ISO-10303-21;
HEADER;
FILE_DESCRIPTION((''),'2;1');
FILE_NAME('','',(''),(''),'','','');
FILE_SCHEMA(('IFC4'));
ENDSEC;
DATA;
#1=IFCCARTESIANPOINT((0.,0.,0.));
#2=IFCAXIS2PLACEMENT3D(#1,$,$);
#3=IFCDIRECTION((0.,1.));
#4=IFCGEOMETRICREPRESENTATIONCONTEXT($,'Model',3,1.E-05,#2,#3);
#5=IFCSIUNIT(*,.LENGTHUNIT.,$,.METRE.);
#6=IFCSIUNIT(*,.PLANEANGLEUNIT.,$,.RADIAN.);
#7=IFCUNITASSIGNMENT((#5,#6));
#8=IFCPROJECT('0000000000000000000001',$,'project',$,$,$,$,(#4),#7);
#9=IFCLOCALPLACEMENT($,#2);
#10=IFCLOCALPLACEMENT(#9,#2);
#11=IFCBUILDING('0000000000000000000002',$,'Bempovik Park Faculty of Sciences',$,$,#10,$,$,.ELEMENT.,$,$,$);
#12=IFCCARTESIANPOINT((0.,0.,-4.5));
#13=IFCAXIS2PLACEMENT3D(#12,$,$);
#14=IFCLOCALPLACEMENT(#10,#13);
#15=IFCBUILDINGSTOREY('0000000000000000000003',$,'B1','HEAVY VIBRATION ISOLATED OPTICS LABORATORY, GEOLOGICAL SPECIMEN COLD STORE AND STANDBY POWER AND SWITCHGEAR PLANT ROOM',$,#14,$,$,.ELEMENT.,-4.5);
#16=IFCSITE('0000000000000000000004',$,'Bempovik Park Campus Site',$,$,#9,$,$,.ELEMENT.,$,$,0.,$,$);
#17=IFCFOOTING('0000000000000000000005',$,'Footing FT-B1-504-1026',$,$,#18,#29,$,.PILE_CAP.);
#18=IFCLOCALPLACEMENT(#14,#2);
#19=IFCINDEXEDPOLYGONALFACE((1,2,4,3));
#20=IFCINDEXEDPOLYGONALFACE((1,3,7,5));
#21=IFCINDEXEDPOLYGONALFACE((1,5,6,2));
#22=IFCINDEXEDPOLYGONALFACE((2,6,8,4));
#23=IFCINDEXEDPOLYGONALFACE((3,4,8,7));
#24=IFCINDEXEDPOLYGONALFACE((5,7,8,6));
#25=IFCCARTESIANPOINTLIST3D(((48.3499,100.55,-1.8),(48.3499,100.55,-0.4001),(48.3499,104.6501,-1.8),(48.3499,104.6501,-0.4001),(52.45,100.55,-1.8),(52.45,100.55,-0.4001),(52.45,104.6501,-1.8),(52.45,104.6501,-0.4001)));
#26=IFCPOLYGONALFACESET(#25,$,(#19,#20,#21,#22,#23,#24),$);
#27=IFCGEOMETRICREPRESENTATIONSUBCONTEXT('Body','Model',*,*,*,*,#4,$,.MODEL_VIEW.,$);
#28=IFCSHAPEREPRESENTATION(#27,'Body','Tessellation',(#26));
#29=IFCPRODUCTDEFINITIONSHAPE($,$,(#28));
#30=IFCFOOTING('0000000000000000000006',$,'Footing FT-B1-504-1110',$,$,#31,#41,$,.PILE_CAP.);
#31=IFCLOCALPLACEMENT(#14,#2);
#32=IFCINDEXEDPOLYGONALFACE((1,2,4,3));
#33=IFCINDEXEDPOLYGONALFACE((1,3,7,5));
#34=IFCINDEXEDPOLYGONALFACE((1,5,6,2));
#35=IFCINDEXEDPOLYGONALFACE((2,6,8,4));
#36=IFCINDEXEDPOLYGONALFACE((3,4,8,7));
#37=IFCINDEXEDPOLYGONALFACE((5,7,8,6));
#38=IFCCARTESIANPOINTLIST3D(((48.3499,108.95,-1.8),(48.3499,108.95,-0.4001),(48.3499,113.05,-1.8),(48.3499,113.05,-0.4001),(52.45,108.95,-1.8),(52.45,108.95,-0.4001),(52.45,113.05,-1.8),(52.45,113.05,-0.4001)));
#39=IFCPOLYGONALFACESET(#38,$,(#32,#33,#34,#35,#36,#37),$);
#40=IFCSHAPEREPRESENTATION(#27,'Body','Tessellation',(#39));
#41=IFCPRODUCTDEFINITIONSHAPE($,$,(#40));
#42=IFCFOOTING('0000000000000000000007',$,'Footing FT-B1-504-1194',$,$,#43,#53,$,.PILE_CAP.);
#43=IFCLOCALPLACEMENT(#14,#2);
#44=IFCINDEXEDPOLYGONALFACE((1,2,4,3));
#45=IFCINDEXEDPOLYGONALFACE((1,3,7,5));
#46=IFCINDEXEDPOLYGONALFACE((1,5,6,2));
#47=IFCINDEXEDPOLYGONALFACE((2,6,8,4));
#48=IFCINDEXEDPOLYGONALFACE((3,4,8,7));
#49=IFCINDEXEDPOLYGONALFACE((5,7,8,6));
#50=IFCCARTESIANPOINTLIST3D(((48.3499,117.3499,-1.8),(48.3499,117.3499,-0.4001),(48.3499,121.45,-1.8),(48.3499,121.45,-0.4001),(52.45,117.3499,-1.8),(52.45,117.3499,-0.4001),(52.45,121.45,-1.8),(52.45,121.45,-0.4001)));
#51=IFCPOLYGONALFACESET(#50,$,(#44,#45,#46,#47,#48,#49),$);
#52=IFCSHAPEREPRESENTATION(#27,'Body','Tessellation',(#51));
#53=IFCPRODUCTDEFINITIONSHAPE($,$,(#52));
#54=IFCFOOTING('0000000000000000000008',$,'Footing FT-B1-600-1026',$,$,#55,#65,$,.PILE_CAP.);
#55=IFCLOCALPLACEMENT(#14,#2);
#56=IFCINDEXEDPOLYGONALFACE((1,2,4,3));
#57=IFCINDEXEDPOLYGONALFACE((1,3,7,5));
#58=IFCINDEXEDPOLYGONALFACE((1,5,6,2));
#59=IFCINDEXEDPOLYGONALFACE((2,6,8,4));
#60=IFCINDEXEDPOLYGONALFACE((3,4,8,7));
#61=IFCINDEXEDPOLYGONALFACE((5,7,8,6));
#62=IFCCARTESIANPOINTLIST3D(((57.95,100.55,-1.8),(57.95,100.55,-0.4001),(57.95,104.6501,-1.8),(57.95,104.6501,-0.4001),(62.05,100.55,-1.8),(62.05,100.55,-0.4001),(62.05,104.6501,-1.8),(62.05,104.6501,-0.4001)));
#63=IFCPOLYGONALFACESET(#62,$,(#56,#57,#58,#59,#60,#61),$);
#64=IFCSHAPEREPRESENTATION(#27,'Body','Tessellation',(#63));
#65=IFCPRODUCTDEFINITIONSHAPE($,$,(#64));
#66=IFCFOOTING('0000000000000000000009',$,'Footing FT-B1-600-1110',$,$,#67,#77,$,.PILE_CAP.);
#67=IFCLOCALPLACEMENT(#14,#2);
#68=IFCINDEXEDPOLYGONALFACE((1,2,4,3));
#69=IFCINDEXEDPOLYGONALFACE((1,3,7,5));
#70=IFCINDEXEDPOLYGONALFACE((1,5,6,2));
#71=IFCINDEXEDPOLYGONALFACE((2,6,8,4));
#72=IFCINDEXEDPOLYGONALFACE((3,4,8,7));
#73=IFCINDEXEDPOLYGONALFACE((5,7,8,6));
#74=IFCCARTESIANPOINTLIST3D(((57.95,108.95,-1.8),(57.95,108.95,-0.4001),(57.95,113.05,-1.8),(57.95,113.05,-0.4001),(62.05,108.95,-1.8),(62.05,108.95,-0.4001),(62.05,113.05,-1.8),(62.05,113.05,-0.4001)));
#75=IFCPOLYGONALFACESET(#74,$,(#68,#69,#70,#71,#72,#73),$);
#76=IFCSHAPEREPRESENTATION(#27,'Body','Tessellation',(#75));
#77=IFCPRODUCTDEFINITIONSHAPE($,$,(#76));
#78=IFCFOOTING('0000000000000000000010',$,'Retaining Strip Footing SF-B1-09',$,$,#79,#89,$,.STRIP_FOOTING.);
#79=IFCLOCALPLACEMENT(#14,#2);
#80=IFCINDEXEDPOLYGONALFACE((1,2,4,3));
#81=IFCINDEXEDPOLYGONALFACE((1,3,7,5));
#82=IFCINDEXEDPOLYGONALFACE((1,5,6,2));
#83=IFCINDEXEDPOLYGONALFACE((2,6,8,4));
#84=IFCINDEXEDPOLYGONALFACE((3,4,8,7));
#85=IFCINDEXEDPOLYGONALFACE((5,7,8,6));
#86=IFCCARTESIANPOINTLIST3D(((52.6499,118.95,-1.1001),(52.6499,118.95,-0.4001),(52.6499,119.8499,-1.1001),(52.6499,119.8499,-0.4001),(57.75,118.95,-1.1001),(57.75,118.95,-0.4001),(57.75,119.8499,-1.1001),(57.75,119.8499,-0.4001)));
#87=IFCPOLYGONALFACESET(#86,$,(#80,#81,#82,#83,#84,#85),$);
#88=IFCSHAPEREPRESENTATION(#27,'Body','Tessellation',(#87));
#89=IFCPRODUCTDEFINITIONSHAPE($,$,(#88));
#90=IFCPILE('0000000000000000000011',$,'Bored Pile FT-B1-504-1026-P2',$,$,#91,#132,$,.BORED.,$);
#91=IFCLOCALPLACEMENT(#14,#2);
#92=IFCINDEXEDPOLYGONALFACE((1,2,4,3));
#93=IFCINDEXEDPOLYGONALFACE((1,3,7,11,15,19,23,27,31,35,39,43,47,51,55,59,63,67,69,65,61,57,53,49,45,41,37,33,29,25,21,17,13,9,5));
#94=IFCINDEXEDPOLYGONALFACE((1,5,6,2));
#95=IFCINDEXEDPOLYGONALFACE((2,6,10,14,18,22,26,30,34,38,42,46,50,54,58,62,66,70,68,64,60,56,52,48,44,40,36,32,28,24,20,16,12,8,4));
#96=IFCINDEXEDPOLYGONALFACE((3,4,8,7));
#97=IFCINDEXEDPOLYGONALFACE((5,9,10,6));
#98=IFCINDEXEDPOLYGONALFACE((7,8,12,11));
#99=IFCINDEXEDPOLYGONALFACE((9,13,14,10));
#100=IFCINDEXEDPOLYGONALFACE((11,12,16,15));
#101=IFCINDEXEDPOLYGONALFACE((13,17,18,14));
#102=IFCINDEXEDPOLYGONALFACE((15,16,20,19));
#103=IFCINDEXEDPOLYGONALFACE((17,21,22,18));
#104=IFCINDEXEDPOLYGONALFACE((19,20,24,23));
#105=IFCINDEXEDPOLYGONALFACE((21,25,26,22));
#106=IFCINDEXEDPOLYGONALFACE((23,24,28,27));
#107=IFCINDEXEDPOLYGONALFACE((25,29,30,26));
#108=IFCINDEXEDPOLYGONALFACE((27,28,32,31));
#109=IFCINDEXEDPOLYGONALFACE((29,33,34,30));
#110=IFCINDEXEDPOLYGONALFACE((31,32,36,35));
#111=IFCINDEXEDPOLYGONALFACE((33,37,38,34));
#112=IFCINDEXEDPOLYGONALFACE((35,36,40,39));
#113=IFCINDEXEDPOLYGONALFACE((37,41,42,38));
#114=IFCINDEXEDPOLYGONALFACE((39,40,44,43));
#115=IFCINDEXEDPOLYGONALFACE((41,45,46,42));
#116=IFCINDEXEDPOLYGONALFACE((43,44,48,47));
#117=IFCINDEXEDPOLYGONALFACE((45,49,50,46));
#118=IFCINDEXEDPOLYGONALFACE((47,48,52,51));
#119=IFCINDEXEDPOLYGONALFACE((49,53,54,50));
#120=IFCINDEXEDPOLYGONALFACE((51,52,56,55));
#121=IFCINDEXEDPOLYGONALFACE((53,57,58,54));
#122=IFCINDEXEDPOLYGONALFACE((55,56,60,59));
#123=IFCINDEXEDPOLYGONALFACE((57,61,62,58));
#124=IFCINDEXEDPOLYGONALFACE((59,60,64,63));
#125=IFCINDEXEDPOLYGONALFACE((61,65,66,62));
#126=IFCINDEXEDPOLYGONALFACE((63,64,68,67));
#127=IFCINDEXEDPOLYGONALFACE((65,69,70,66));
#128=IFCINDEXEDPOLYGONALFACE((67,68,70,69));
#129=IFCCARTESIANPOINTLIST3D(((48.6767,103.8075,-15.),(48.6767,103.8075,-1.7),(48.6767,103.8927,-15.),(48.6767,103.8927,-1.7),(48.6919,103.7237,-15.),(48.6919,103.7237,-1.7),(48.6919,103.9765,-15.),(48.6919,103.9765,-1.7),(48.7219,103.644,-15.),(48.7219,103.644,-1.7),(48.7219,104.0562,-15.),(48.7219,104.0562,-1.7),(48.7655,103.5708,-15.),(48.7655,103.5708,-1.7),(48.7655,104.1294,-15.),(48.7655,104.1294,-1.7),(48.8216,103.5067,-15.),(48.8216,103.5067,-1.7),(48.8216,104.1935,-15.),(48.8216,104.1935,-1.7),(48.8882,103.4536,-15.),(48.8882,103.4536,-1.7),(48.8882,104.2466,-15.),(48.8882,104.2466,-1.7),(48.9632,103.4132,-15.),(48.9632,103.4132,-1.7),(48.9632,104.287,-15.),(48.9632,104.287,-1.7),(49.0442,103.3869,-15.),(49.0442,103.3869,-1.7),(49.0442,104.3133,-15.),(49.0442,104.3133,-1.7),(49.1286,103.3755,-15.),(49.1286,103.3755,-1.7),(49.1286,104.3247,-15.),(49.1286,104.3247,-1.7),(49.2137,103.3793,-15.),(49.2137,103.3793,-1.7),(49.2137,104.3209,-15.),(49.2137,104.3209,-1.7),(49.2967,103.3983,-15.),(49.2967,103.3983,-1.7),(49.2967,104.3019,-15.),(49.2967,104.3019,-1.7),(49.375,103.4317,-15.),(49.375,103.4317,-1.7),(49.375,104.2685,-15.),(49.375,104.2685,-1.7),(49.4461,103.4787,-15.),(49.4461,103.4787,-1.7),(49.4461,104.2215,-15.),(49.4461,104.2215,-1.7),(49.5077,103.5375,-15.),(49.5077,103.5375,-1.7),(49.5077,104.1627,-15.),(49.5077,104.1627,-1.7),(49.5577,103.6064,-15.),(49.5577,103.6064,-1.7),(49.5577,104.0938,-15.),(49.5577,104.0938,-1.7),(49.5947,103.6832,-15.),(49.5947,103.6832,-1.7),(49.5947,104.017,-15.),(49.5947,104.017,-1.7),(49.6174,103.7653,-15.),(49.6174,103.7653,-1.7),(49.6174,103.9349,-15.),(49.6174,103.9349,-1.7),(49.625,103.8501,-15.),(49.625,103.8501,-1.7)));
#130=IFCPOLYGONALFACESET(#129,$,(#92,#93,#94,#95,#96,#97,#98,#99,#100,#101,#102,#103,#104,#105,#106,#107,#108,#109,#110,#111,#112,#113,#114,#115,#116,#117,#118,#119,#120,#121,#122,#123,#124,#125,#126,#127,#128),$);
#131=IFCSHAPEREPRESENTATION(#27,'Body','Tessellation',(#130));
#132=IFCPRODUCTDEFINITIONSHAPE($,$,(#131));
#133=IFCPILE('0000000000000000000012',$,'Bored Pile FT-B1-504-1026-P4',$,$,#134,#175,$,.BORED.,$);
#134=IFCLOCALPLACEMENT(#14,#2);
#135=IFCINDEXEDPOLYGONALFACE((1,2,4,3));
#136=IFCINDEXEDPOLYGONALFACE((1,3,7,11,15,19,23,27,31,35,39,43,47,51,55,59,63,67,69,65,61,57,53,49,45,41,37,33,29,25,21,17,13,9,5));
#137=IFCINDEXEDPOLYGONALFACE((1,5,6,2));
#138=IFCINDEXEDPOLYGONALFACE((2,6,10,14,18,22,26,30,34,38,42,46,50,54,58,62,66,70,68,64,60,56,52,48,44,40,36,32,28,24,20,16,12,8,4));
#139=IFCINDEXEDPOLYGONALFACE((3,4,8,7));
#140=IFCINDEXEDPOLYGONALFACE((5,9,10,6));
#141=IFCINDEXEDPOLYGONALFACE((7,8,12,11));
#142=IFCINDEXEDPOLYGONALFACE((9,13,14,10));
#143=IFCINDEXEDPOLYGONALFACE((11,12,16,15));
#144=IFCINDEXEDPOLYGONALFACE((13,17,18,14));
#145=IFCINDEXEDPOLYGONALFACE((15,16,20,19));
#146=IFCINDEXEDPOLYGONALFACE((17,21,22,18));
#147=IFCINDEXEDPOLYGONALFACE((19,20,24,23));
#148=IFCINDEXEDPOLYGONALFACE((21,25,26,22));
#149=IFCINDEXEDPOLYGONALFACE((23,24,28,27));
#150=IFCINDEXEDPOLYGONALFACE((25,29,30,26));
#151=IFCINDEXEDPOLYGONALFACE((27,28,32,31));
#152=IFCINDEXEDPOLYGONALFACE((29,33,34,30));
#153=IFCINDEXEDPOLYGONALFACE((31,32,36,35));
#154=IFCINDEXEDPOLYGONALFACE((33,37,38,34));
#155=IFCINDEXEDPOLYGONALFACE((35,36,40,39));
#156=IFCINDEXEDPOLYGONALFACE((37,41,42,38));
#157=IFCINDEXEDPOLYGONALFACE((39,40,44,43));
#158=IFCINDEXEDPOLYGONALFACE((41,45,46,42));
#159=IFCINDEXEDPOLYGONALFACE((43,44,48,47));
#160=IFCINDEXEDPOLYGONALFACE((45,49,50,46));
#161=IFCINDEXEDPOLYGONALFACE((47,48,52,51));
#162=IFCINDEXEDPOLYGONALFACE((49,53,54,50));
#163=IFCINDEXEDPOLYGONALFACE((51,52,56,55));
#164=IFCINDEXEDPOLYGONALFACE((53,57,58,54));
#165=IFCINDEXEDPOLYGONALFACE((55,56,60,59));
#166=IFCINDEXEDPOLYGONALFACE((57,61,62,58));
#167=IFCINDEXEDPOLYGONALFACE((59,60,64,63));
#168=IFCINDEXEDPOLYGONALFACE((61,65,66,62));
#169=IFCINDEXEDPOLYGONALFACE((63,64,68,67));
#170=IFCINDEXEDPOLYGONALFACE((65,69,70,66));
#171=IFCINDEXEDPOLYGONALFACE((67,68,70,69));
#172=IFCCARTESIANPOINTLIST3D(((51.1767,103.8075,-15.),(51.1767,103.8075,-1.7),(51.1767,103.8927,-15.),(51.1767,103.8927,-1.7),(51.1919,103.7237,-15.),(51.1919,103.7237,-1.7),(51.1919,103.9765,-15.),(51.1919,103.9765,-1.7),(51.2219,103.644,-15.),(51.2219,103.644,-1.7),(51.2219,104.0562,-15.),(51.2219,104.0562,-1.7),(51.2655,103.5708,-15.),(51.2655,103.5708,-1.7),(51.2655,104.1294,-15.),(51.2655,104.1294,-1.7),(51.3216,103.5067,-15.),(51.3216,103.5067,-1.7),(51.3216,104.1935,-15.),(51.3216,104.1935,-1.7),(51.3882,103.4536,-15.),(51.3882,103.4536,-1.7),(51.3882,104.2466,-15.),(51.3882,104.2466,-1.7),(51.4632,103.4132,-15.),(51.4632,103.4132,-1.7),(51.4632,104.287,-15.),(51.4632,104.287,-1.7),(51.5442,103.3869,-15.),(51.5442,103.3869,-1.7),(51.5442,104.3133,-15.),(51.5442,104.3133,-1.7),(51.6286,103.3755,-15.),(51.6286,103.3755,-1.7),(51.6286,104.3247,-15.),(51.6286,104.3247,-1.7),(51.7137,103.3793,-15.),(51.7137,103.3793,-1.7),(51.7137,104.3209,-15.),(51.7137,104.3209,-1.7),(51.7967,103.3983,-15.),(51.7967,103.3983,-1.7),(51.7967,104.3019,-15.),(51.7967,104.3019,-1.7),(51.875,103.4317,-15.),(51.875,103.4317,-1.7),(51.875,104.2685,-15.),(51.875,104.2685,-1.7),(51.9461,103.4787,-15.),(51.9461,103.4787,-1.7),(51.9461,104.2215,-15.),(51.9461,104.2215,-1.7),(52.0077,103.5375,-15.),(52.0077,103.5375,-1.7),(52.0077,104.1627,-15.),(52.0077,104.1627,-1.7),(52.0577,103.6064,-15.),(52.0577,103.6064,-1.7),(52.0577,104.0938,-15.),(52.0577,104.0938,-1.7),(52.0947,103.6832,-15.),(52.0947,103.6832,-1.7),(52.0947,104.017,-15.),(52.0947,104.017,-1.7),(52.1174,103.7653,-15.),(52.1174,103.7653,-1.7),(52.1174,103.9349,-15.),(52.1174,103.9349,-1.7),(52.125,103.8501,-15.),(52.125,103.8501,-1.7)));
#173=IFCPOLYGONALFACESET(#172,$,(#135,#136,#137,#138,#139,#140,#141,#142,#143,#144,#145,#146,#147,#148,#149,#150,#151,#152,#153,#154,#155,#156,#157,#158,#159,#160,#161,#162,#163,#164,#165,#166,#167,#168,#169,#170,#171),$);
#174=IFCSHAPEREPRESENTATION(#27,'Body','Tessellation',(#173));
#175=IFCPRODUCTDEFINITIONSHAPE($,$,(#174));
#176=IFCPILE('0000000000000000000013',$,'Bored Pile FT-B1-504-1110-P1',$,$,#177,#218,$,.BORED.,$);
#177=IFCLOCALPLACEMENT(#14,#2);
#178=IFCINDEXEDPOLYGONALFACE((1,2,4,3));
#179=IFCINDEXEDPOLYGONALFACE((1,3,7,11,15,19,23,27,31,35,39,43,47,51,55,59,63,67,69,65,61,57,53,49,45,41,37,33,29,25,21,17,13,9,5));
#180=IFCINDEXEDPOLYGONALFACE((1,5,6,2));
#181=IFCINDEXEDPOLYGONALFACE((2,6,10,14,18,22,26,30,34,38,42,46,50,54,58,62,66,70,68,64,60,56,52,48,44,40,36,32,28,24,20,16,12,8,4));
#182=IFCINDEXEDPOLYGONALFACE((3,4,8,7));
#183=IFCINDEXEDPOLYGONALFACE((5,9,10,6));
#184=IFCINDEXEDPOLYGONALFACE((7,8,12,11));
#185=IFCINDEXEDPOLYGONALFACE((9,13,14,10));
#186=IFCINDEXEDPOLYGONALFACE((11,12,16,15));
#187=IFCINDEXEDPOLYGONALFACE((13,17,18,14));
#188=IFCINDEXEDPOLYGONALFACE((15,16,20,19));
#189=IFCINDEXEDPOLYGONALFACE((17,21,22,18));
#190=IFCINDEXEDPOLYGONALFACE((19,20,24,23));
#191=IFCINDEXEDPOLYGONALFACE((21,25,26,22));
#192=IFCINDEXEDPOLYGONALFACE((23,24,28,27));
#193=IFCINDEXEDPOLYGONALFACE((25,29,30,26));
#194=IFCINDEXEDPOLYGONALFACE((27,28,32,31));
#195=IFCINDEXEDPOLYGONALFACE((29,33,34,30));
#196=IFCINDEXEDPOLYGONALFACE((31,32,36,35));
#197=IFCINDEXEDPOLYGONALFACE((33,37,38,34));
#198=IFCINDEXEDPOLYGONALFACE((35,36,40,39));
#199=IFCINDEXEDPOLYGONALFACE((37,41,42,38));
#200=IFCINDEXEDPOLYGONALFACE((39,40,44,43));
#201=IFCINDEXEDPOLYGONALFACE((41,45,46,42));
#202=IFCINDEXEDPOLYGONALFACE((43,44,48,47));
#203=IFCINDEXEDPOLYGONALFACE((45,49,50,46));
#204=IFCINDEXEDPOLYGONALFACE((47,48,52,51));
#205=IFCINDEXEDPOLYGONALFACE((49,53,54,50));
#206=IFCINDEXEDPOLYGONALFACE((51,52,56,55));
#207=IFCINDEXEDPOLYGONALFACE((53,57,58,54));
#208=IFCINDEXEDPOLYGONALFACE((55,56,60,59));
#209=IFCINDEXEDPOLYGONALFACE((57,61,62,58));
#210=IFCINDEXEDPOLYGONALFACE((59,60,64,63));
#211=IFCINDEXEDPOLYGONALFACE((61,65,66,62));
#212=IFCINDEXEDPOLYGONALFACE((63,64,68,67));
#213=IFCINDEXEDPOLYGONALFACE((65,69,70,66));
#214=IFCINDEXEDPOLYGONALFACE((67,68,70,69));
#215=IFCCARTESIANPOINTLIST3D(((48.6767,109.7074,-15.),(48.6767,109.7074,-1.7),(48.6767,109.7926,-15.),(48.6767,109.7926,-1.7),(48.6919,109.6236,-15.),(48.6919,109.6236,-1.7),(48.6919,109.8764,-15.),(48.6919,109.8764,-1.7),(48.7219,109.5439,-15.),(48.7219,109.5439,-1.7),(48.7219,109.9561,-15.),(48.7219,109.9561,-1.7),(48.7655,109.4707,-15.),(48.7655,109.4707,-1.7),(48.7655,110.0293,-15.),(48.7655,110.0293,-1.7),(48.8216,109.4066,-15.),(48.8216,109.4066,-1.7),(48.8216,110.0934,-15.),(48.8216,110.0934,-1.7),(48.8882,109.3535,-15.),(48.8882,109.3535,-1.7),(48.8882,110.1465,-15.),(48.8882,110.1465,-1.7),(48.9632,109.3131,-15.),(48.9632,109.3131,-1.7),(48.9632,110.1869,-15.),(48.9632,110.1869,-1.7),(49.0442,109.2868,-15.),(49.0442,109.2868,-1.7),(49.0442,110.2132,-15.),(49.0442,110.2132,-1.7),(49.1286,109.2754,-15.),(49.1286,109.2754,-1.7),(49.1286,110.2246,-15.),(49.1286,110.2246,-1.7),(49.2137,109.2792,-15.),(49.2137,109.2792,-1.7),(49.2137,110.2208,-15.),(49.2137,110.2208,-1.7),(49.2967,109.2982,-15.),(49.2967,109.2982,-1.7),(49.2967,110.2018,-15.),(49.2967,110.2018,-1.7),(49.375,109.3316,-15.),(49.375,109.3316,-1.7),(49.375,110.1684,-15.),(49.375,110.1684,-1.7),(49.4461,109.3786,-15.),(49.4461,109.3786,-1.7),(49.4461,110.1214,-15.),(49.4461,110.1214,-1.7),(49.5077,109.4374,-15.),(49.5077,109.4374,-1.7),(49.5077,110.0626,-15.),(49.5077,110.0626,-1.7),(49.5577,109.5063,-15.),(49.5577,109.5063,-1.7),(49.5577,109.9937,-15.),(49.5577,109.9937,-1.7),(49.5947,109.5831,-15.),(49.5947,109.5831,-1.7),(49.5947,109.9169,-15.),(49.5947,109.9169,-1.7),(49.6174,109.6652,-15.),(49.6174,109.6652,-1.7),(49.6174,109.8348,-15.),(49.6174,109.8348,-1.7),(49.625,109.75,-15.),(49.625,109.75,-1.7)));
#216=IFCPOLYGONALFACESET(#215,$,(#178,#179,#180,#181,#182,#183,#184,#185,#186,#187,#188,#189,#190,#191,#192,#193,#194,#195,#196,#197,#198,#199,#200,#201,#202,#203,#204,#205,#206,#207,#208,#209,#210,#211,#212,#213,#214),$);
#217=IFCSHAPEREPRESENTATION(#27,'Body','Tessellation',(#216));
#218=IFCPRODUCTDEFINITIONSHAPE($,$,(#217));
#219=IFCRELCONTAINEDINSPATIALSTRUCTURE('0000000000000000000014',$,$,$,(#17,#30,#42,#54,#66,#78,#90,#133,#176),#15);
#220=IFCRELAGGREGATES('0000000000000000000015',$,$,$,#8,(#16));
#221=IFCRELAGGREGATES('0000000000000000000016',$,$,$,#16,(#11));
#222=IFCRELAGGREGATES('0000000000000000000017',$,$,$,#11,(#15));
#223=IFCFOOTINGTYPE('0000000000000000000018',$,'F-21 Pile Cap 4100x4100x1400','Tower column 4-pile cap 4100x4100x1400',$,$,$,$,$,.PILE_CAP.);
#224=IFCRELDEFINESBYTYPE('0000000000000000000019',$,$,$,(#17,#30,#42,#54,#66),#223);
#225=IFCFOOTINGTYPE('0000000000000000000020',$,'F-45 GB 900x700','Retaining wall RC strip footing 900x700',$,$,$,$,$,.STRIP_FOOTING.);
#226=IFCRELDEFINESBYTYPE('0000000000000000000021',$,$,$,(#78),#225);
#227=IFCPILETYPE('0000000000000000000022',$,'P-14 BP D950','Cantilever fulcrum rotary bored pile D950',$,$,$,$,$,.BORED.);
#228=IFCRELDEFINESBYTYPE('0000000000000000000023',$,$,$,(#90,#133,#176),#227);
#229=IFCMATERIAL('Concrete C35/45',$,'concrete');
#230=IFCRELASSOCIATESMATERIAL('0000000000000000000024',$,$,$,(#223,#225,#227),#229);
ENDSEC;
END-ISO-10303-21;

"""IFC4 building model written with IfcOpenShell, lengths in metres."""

from ifc_helpers import new_model, si_unit, direction, frame, origin, origin_2d, place, context, subcontext, project, spatial, rectangle, circle, extrude, material, material_profile, profile_set, type_object, element, save


model = new_model("IFC4")

# Units and contexts
model_context = context("Model", 3, precision=1e-05, world=origin(), true_north=direction((0.0, 1.0)))
body_context = subcontext(model_context, "Body", "Model", "MODEL_VIEW")
ifc_project = project(units=[si_unit("LENGTHUNIT", "METRE"), si_unit("PLANEANGLEUNIT", "RADIAN")], contexts=[model_context])

# Site, building, storey
site_placement = place(None, origin())
site = spatial("IfcSite", under=ifc_project, at=site_placement, Name="Bempovik Park Campus Site", CompositionType="ELEMENT", RefElevation=0.0)
building_placement = place(site_placement, origin())
building = spatial("IfcBuilding", under=site, at=building_placement, Name="Bempovik Park Faculty of Sciences", CompositionType="ELEMENT")
storey_placement = place(building_placement, frame((0.0, 0.0, -4.5)))
storey = spatial("IfcBuildingStorey", under=building, at=storey_placement, Name="B1", Description="HEAVY VIBRATION ISOLATED OPTICS LABORATORY, GEOLOGICAL SPECIMEN COLD STORE AND STANDBY POWER AND SWITCHGEAR PLANT ROOM", CompositionType="ELEMENT", Elevation=-4.5)

# Footings
ifc_material_1 = material(Name="Concrete C35/45", Category="concrete")
footing_type_1 = type_object("IfcFootingType", Name="F-21 Pile Cap 4100x4100x1400", Description="Tower column 4-pile cap 4100x4100x1400", PredefinedType="PILE_CAP", material=ifc_material_1)
for number, where, z_axis, x_axis, name in (
    (1, (50.3999, 102.6001, -1.8), (0.0, 0.0, 1.0), (1.0, 0.0, 0.0), "Footing FT-B1-504-1026"),
    (2, (50.3999, 111.0, -1.8), (0.0, 0.0, 1.0), (1.0, 0.0, 0.0), "Footing FT-B1-504-1110"),
    (3, (50.3999, 119.3999, -1.8), (0.0, 0.0, 1.0), (1.0, 0.0, 0.0), "Footing FT-B1-504-1194"),
    (4, (60.0, 102.6001, -1.8), (0.0, 0.0, 1.0), (1.0, 0.0, 0.0), "Footing FT-B1-600-1026"),
    (5, (60.0, 111.0, -1.8), (0.0, 0.0, 1.0), (1.0, 0.0, 0.0), "Footing FT-B1-600-1110"),
):
    element("IfcFooting", number, at=place(storey_placement, frame(where, z_axis=z_axis, x_axis=x_axis)), inside=storey, type_object=footing_type_1, Name=name, PredefinedType="PILE_CAP", context=body_context, shape_type="SweptSolid", body=[
        extrude(rectangle(XDim=4.1001, YDim=4.1001, at=origin_2d()), origin(), (0.0, 0.0, 1.0), 1.3999),
    ])
footing_type_2 = type_object("IfcFootingType", Name="F-45 GB 900x700", Description="Retaining wall RC strip footing 900x700", PredefinedType="STRIP_FOOTING", material=ifc_material_1)
footing_placement = place(storey_placement, frame((55.2, 119.3999, -1.1001), z_axis=(0.0, 0.0, 1.0), x_axis=(1.0, 0.0, 0.0)))
element("IfcFooting", 6, at=footing_placement, inside=storey, type_object=footing_type_2, Name="Retaining Strip Footing SF-B1-09", PredefinedType="STRIP_FOOTING", context=body_context, shape_type="SweptSolid", body=[
    extrude(rectangle(XDim=5.1001, YDim=0.8999, at=origin_2d()), origin(), (0.0, 0.0, 1.0), 0.7),
])

# Piles
ifc_material_profile_1 = material_profile(ifc_material_1, circle(Radius=0.4751, at=origin_2d()), Name="BP D950")
ifc_profile_set_1 = profile_set([ifc_material_profile_1], Name="Concrete C35/45")
pile_type = type_object("IfcPileType", Name="P-14 BP D950", Description="Cantilever fulcrum rotary bored pile D950", PredefinedType="BORED", material=ifc_profile_set_1)
for number, where, z_axis, x_axis, name in (
    (7, (49.1499, 103.8501, -1.7), (0.0, 0.0, -1.0), (1.0, 0.0, 0.0), "Bored Pile FT-B1-504-1026-P2"),
    (8, (51.6499, 103.8501, -1.7), (0.0, 0.0, -1.0), (1.0, 0.0, 0.0), "Bored Pile FT-B1-504-1026-P4"),
    (9, (49.1499, 109.75, -1.7), (0.0, 0.0, -1.0), (1.0, 0.0, 0.0), "Bored Pile FT-B1-504-1110-P1"),
):
    element("IfcPile", number, at=place(storey_placement, frame(where, z_axis=z_axis, x_axis=x_axis)), inside=storey, type_object=pile_type, Name=name, PredefinedType="BORED", context=body_context, shape_type="SweptSolid", body=[
        extrude(circle(Radius=0.4751, at=origin_2d()), origin(), (0.0, 0.0, 1.0), 13.3),
    ])

save(model, "model.ifc")
